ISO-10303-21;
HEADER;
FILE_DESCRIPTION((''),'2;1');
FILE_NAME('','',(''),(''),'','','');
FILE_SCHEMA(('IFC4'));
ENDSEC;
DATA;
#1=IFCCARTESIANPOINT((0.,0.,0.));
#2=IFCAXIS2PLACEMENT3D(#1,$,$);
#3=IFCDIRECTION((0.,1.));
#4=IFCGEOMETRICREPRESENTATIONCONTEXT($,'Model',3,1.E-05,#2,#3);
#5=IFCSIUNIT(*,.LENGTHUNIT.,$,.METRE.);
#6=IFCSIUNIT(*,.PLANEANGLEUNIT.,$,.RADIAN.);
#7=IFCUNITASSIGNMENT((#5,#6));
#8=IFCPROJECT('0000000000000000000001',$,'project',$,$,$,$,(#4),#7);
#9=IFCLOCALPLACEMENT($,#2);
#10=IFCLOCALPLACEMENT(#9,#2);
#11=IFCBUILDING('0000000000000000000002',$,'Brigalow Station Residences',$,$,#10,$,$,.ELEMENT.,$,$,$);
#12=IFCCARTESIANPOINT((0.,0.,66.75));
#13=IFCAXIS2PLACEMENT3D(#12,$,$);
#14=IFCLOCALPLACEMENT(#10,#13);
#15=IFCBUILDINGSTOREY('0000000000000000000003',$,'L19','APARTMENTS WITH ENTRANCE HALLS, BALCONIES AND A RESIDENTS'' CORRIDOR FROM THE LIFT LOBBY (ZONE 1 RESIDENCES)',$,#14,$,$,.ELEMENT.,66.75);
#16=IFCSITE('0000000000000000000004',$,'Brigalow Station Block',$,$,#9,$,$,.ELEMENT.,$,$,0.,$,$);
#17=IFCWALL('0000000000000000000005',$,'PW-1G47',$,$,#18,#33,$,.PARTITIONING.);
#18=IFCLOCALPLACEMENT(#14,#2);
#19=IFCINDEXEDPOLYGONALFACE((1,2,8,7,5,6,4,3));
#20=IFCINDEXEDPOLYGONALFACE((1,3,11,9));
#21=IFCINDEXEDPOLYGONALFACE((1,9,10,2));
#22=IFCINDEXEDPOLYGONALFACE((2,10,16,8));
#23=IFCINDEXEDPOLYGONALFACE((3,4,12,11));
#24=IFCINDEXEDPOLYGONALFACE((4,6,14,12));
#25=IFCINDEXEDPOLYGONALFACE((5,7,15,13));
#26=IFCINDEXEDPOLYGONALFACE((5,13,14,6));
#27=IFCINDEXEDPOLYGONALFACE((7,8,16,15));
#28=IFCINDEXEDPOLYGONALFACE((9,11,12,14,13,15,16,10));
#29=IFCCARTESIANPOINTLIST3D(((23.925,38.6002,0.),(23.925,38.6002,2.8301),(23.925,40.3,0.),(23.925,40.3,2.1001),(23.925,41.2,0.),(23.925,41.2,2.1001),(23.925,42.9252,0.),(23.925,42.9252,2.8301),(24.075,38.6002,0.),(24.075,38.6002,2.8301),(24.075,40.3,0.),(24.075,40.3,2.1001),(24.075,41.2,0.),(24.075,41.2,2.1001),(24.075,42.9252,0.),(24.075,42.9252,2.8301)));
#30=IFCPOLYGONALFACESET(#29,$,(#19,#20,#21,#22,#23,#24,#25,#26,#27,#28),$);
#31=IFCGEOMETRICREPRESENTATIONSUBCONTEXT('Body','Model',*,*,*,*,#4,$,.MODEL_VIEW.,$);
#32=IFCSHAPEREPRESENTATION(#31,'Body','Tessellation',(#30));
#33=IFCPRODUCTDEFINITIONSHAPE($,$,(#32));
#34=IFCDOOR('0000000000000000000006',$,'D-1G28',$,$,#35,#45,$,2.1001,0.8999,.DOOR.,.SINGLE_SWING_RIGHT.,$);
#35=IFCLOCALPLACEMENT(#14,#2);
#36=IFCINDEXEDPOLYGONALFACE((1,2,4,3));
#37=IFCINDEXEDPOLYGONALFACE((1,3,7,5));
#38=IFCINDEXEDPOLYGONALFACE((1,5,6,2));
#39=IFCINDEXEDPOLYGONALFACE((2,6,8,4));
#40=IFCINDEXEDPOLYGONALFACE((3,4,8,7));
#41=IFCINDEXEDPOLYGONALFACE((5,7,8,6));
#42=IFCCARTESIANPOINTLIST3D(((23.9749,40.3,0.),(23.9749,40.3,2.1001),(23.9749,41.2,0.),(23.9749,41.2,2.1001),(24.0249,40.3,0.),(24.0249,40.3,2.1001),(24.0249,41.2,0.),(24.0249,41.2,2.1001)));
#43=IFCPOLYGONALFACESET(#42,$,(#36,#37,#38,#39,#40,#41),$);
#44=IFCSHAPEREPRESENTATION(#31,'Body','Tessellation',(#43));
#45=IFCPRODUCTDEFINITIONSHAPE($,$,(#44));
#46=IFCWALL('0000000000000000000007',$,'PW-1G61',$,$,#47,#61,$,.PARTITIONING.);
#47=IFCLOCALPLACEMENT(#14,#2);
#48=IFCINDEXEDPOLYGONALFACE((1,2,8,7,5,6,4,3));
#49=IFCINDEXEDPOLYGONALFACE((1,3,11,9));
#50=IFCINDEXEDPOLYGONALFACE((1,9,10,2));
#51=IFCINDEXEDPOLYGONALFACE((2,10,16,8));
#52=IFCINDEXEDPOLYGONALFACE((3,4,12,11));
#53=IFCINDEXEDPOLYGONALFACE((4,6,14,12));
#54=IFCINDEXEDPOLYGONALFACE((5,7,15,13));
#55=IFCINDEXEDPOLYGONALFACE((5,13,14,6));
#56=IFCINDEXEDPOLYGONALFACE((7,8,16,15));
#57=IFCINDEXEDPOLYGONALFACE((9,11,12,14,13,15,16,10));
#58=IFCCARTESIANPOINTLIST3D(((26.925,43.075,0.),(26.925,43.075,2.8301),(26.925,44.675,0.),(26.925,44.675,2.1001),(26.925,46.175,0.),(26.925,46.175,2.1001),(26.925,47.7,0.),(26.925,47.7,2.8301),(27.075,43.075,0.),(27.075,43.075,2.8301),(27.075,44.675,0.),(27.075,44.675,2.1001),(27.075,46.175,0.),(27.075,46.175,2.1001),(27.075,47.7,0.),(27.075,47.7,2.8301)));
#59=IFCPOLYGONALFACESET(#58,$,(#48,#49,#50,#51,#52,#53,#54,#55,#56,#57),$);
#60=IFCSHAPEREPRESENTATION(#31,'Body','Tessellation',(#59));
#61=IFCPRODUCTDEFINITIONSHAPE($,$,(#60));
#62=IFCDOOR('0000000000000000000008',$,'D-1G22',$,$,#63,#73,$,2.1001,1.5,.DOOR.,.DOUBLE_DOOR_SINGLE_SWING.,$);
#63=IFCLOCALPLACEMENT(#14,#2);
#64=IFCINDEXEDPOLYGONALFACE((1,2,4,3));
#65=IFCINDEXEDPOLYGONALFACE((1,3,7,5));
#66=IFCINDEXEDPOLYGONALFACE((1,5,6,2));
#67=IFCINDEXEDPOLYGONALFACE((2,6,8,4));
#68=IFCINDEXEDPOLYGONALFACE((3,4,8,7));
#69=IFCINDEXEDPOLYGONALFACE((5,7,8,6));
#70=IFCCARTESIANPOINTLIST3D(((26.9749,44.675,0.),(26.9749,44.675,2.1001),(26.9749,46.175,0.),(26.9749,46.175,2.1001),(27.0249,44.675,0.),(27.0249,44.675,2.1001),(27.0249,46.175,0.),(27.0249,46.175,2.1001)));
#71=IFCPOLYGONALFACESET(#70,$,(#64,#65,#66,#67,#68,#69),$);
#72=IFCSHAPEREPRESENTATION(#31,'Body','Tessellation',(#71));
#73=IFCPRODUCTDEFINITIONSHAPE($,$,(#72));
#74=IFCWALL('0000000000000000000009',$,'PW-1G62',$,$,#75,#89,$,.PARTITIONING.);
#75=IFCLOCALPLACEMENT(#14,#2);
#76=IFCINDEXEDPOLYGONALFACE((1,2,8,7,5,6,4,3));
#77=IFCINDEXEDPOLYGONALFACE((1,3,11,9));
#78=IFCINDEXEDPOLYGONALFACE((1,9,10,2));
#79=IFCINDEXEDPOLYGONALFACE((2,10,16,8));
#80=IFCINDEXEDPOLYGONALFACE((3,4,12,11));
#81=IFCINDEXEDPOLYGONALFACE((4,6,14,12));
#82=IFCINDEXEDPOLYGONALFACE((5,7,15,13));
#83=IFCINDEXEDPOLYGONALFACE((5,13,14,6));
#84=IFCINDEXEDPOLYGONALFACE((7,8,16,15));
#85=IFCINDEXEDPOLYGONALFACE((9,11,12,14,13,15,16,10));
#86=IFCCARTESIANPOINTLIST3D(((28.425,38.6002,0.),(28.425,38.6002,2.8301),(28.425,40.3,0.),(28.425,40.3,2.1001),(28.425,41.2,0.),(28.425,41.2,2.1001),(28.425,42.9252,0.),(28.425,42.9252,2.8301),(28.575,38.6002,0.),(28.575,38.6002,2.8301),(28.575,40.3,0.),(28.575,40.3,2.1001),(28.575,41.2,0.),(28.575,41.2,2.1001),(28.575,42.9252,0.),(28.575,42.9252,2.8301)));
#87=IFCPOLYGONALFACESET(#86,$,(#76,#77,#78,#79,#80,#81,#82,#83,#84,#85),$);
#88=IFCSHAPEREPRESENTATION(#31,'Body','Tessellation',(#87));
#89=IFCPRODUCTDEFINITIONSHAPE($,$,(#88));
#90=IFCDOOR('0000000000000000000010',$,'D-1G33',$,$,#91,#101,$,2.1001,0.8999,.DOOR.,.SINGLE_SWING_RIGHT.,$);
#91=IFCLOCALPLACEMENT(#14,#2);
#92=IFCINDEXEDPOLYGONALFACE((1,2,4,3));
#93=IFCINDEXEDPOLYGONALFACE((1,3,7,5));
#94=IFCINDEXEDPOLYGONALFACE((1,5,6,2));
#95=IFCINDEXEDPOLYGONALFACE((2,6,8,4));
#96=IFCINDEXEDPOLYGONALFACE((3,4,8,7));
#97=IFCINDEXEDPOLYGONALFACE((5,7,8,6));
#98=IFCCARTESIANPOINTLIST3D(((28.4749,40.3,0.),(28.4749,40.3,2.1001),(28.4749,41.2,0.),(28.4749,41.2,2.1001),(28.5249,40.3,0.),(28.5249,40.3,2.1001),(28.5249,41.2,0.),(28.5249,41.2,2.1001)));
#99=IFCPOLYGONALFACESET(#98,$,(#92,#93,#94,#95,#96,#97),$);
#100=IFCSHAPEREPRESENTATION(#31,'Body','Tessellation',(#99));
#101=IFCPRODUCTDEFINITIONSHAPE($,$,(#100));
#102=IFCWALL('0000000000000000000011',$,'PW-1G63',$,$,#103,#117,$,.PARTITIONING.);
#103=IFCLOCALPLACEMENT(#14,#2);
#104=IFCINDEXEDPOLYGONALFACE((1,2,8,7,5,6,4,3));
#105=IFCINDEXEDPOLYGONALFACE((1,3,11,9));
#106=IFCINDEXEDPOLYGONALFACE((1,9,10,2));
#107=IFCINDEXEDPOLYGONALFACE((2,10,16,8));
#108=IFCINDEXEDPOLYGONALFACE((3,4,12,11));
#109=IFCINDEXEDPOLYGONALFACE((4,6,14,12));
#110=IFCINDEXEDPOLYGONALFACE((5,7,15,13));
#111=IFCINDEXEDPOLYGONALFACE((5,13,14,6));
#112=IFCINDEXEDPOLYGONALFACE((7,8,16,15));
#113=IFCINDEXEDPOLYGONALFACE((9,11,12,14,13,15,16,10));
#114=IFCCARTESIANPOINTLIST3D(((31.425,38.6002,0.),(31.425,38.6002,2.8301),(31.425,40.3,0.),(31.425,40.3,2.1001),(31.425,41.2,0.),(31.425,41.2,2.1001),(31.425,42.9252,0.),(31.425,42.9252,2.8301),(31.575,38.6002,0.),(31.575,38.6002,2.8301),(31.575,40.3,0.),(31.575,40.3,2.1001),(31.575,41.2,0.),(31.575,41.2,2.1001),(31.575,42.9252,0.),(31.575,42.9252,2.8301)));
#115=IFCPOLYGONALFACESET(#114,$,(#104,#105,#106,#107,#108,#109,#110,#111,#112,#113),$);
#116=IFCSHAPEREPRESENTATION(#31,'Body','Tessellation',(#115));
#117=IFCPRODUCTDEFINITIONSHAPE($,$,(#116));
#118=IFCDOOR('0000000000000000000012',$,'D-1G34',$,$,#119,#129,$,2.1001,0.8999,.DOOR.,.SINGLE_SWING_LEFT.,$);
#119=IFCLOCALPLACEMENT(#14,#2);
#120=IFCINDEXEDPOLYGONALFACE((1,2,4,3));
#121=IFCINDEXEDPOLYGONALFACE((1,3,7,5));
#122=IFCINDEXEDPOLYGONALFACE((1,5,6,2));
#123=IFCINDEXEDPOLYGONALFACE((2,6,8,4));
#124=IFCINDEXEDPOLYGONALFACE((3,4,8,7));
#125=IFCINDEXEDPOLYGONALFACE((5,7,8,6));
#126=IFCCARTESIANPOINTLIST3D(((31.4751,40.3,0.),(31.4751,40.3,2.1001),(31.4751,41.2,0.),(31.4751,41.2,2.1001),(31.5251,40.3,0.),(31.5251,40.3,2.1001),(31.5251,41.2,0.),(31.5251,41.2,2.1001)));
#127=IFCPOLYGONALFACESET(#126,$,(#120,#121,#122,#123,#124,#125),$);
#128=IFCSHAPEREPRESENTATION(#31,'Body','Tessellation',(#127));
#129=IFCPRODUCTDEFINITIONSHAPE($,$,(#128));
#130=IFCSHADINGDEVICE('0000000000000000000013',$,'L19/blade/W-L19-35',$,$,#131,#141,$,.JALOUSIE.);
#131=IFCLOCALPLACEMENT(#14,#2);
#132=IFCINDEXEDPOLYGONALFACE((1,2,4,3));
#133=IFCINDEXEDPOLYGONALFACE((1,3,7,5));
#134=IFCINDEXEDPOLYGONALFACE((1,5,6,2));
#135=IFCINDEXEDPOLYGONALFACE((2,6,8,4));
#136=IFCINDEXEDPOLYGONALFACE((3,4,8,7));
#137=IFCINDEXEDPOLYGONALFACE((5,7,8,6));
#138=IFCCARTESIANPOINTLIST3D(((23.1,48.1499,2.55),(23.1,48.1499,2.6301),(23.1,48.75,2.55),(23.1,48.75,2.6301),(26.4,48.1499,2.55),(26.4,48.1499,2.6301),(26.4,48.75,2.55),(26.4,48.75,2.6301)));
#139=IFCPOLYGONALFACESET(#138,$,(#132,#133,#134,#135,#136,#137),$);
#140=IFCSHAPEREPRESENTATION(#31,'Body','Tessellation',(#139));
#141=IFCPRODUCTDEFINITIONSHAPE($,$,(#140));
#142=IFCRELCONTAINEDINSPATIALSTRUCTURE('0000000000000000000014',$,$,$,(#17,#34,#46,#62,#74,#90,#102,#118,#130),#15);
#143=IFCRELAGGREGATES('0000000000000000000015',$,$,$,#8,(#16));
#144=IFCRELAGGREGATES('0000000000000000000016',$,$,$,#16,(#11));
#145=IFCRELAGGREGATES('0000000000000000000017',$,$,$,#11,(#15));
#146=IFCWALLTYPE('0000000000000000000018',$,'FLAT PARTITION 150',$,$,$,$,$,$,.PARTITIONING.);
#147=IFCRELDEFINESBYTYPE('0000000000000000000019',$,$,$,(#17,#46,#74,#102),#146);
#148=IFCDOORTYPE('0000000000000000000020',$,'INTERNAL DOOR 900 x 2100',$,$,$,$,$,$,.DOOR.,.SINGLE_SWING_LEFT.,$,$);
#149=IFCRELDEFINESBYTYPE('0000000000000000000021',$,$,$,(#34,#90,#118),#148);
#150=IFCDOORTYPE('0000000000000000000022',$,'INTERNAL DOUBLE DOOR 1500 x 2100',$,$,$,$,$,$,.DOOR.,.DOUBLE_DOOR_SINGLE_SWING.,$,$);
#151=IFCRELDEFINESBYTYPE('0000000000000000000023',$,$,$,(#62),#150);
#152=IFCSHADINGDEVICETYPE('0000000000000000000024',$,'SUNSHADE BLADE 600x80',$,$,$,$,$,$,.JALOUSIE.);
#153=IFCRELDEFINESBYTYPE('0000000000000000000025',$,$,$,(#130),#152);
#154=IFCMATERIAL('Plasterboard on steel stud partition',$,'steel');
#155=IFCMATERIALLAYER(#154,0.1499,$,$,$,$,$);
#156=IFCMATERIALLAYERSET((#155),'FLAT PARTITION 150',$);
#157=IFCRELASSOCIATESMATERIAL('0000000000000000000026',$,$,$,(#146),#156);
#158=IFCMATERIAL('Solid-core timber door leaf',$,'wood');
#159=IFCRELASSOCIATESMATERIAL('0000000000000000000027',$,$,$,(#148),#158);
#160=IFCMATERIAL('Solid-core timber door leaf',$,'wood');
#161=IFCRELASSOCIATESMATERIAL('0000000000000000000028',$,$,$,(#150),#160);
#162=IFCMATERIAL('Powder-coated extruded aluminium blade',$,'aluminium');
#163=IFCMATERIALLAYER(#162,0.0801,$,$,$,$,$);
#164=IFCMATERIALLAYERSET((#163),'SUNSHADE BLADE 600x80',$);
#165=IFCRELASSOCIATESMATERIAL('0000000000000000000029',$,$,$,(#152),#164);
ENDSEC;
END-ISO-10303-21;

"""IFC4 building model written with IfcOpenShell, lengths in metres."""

from ifc_helpers import new_model, si_unit, direction, frame, frame_2d, origin, origin_2d, place, context, subcontext, project, spatial, rectangle, extrude, material, layer, layer_set, type_object, element, fill, save


model = new_model("IFC4")

# Units and contexts
model_context = context("Model", 3, precision=1e-05, world=origin(), true_north=direction((0.0, 1.0)))
body_context = subcontext(model_context, "Body", "Model", "MODEL_VIEW")
ifc_project = project(units=[si_unit("LENGTHUNIT", "METRE"), si_unit("PLANEANGLEUNIT", "RADIAN")], contexts=[model_context])

# Site, building, storey
site_placement = place(None, origin())
site = spatial("IfcSite", under=ifc_project, at=site_placement, Name="Brigalow Station Block", CompositionType="ELEMENT", RefElevation=0.0)
building_placement = place(site_placement, origin())
building = spatial("IfcBuilding", under=site, at=building_placement, Name="Brigalow Station Residences", CompositionType="ELEMENT")
storey_placement = place(building_placement, frame((0.0, 0.0, 66.75)))
storey = spatial("IfcBuildingStorey", under=building, at=storey_placement, Name="L19", Description="APARTMENTS WITH ENTRANCE HALLS, BALCONIES AND A RESIDENTS' CORRIDOR FROM THE LIFT LOBBY (ZONE 1 RESIDENCES)", CompositionType="ELEMENT", Elevation=66.75)

# Walls, openings, doors
ifc_material_1 = material(Name="Plasterboard on steel stud partition", Category="steel")
ifc_layer_1 = layer(ifc_material_1, 0.1499)
ifc_layer_set_1 = layer_set([ifc_layer_1], Name="FLAT PARTITION 150")
wall_type_1 = type_object("IfcWallType", Name="FLAT PARTITION 150", PredefinedType="PARTITIONING", material=ifc_layer_set_1)
wall_1_placement = place(storey_placement, frame((24.0, 38.6001, 0.0), z_axis=(0.0, 0.0, 1.0), x_axis=(0.0, 1.0, 0.0)))
wall_1 = element("IfcWall", 1, at=wall_1_placement, inside=storey, type_object=wall_type_1, Name="PW-1G47", PredefinedType="PARTITIONING", context=body_context, shape_type="SweptSolid", body=[
    extrude(rectangle(XDim=4.325, YDim=0.1499, at=frame_2d((2.1626, 0.0))), origin(), (0.0, 0.0, 1.0), 2.8301),
])
opening_1_placement = place(wall_1_placement, frame((1.7, 0.0, 0.0)))
opening_1 = element("IfcOpeningElement", 2, at=opening_1_placement, cuts=wall_1, PredefinedType="OPENING", context=body_context, shape_type="SweptSolid", body=[
    extrude(rectangle(XDim=0.8999, YDim=2.1001, at=frame_2d((0.45, 1.05))), frame((0.0, 0.085, 0.0), z_axis=(0.0, -1.0, 0.0), x_axis=(1.0, 0.0, 0.0)), (0.0, 0.0, 1.0), 0.1699),
])
ifc_material_2 = material(Name="Solid-core timber door leaf", Category="wood")
door_type_1 = type_object("IfcDoorType", Name="INTERNAL DOOR 900 x 2100", OperationType="SINGLE_SWING_LEFT", PredefinedType="DOOR", material=ifc_material_2)
door_1_placement = place(opening_1_placement, frame((0.8999, 0.0, 0.0), z_axis=(0.0, 0.0, 1.0), x_axis=(-1.0, 0.0, 0.0)))
door_1 = element("IfcDoor", 3, at=door_1_placement, inside=storey, type_object=door_type_1, Name="D-1G28", OperationType="SINGLE_SWING_RIGHT", OverallHeight=2.1001, OverallWidth=0.8999, PredefinedType="DOOR", context=body_context, shape_type="SweptSolid", body=[
    extrude(rectangle(XDim=0.8999, YDim=2.1001, at=frame_2d((0.45, 1.05))), frame((0.0, 0.0249, 0.0), z_axis=(0.0, -1.0, 0.0), x_axis=(1.0, 0.0, 0.0)), (0.0, 0.0, 1.0), 0.05),
])
fill(opening_1, door_1)
wall_2_placement = place(storey_placement, frame((27.0, 43.075, 0.0), z_axis=(0.0, 0.0, 1.0), x_axis=(0.0, 1.0, 0.0)))
wall_2 = element("IfcWall", 4, at=wall_2_placement, inside=storey, type_object=wall_type_1, Name="PW-1G61", PredefinedType="PARTITIONING", context=body_context, shape_type="SweptSolid", body=[
    extrude(rectangle(XDim=4.625, YDim=0.1499, at=frame_2d((2.3125, 0.0))), origin(), (0.0, 0.0, 1.0), 2.8301),
])
opening_2_placement = place(wall_2_placement, frame((1.6001, 0.0, 0.0)))
opening_2 = element("IfcOpeningElement", 5, at=opening_2_placement, cuts=wall_2, PredefinedType="OPENING", context=body_context, shape_type="SweptSolid", body=[
    extrude(rectangle(XDim=1.5, YDim=2.1001, at=frame_2d((0.75, 1.05))), frame((0.0, 0.085, 0.0), z_axis=(0.0, -1.0, 0.0), x_axis=(1.0, 0.0, 0.0)), (0.0, 0.0, 1.0), 0.1699),
])
ifc_material_3 = material(Name="Solid-core timber door leaf", Category="wood")
door_type_2 = type_object("IfcDoorType", Name="INTERNAL DOUBLE DOOR 1500 x 2100", OperationType="DOUBLE_DOOR_SINGLE_SWING", PredefinedType="DOOR", material=ifc_material_3)
door_2_placement = place(opening_2_placement, frame((1.5, 0.0, 0.0), z_axis=(0.0, 0.0, 1.0), x_axis=(-1.0, 0.0, 0.0)))
door_2 = element("IfcDoor", 6, at=door_2_placement, inside=storey, type_object=door_type_2, Name="D-1G22", OperationType="DOUBLE_DOOR_SINGLE_SWING", OverallHeight=2.1001, OverallWidth=1.5, PredefinedType="DOOR", context=body_context, shape_type="SweptSolid", body=[
    extrude(rectangle(XDim=1.5, YDim=2.1001, at=frame_2d((0.75, 1.05))), frame((0.0, 0.0249, 0.0), z_axis=(0.0, -1.0, 0.0), x_axis=(1.0, 0.0, 0.0)), (0.0, 0.0, 1.0), 0.05),
])
fill(opening_2, door_2)
wall_3_placement = place(storey_placement, frame((28.5, 38.6001, 0.0), z_axis=(0.0, 0.0, 1.0), x_axis=(0.0, 1.0, 0.0)))
wall_3 = element("IfcWall", 7, at=wall_3_placement, inside=storey, type_object=wall_type_1, Name="PW-1G62", PredefinedType="PARTITIONING", context=body_context, shape_type="SweptSolid", body=[
    extrude(rectangle(XDim=4.325, YDim=0.1499, at=frame_2d((2.1626, 0.0))), origin(), (0.0, 0.0, 1.0), 2.8301),
])
opening_3_placement = place(wall_3_placement, frame((1.7, 0.0, 0.0)))
opening_3 = element("IfcOpeningElement", 8, at=opening_3_placement, cuts=wall_3, PredefinedType="OPENING", context=body_context, shape_type="SweptSolid", body=[
    extrude(rectangle(XDim=0.8999, YDim=2.1001, at=frame_2d((0.45, 1.05))), frame((0.0, 0.085, 0.0), z_axis=(0.0, -1.0, 0.0), x_axis=(1.0, 0.0, 0.0)), (0.0, 0.0, 1.0), 0.1699),
])
door_3_placement = place(opening_3_placement, frame((0.8999, 0.0, 0.0), z_axis=(0.0, 0.0, 1.0), x_axis=(-1.0, 0.0, 0.0)))
door_3 = element("IfcDoor", 9, at=door_3_placement, inside=storey, type_object=door_type_1, Name="D-1G33", OperationType="SINGLE_SWING_RIGHT", OverallHeight=2.1001, OverallWidth=0.8999, PredefinedType="DOOR", context=body_context, shape_type="SweptSolid", body=[
    extrude(rectangle(XDim=0.8999, YDim=2.1001, at=frame_2d((0.45, 1.05))), frame((0.0, 0.0249, 0.0), z_axis=(0.0, -1.0, 0.0), x_axis=(1.0, 0.0, 0.0)), (0.0, 0.0, 1.0), 0.05),
])
fill(opening_3, door_3)
wall_4_placement = place(storey_placement, frame((31.5, 38.6001, 0.0), z_axis=(0.0, 0.0, 1.0), x_axis=(0.0, 1.0, 0.0)))
wall_4 = element("IfcWall", 10, at=wall_4_placement, inside=storey, type_object=wall_type_1, Name="PW-1G63", PredefinedType="PARTITIONING", context=body_context, shape_type="SweptSolid", body=[
    extrude(rectangle(XDim=4.325, YDim=0.1499, at=frame_2d((2.1626, 0.0))), origin(), (0.0, 0.0, 1.0), 2.8301),
])
opening_4_placement = place(wall_4_placement, frame((1.7, 0.0, 0.0)))
opening_4 = element("IfcOpeningElement", 11, at=opening_4_placement, cuts=wall_4, PredefinedType="OPENING", context=body_context, shape_type="SweptSolid", body=[
    extrude(rectangle(XDim=0.8999, YDim=2.1001, at=frame_2d((0.45, 1.05))), frame((0.0, 0.085, 0.0), z_axis=(0.0, -1.0, 0.0), x_axis=(1.0, 0.0, 0.0)), (0.0, 0.0, 1.0), 0.1699),
])
door_4_placement = place(opening_4_placement, origin())
door_4 = element("IfcDoor", 12, at=door_4_placement, inside=storey, type_object=door_type_1, Name="D-1G34", OperationType="SINGLE_SWING_LEFT", OverallHeight=2.1001, OverallWidth=0.8999, PredefinedType="DOOR", context=body_context, shape_type="SweptSolid", body=[
    extrude(rectangle(XDim=0.8999, YDim=2.1001, at=frame_2d((0.45, 1.05))), frame((0.0, 0.0249, 0.0), z_axis=(0.0, -1.0, 0.0), x_axis=(1.0, 0.0, 0.0)), (0.0, 0.0, 1.0), 0.05),
])
fill(opening_4, door_4)

# Shading device
ifc_material_4 = material(Name="Powder-coated extruded aluminium blade", Category="aluminium")
ifc_layer_2 = layer(ifc_material_4, 0.0801)
ifc_layer_set_2 = layer_set([ifc_layer_2], Name="SUNSHADE BLADE 600x80")
shading_device_type = type_object("IfcShadingDeviceType", Name="SUNSHADE BLADE 600x80", PredefinedType="JALOUSIE", material=ifc_layer_set_2)
shading_device_placement = place(storey_placement, frame((24.75, 48.45, 2.55), z_axis=(0.0, 0.0, 1.0), x_axis=(-1.0, 0.0, 0.0)))
element("IfcShadingDevice", 13, at=shading_device_placement, inside=storey, type_object=shading_device_type, Name="L19/blade/W-L19-35", PredefinedType="JALOUSIE", context=body_context, shape_type="SweptSolid", body=[
    extrude(rectangle(XDim=3.3, YDim=0.6001, at=origin_2d()), origin(), (0.0, 0.0, 1.0), 0.0801),
])

save(model, "model.ifc")
